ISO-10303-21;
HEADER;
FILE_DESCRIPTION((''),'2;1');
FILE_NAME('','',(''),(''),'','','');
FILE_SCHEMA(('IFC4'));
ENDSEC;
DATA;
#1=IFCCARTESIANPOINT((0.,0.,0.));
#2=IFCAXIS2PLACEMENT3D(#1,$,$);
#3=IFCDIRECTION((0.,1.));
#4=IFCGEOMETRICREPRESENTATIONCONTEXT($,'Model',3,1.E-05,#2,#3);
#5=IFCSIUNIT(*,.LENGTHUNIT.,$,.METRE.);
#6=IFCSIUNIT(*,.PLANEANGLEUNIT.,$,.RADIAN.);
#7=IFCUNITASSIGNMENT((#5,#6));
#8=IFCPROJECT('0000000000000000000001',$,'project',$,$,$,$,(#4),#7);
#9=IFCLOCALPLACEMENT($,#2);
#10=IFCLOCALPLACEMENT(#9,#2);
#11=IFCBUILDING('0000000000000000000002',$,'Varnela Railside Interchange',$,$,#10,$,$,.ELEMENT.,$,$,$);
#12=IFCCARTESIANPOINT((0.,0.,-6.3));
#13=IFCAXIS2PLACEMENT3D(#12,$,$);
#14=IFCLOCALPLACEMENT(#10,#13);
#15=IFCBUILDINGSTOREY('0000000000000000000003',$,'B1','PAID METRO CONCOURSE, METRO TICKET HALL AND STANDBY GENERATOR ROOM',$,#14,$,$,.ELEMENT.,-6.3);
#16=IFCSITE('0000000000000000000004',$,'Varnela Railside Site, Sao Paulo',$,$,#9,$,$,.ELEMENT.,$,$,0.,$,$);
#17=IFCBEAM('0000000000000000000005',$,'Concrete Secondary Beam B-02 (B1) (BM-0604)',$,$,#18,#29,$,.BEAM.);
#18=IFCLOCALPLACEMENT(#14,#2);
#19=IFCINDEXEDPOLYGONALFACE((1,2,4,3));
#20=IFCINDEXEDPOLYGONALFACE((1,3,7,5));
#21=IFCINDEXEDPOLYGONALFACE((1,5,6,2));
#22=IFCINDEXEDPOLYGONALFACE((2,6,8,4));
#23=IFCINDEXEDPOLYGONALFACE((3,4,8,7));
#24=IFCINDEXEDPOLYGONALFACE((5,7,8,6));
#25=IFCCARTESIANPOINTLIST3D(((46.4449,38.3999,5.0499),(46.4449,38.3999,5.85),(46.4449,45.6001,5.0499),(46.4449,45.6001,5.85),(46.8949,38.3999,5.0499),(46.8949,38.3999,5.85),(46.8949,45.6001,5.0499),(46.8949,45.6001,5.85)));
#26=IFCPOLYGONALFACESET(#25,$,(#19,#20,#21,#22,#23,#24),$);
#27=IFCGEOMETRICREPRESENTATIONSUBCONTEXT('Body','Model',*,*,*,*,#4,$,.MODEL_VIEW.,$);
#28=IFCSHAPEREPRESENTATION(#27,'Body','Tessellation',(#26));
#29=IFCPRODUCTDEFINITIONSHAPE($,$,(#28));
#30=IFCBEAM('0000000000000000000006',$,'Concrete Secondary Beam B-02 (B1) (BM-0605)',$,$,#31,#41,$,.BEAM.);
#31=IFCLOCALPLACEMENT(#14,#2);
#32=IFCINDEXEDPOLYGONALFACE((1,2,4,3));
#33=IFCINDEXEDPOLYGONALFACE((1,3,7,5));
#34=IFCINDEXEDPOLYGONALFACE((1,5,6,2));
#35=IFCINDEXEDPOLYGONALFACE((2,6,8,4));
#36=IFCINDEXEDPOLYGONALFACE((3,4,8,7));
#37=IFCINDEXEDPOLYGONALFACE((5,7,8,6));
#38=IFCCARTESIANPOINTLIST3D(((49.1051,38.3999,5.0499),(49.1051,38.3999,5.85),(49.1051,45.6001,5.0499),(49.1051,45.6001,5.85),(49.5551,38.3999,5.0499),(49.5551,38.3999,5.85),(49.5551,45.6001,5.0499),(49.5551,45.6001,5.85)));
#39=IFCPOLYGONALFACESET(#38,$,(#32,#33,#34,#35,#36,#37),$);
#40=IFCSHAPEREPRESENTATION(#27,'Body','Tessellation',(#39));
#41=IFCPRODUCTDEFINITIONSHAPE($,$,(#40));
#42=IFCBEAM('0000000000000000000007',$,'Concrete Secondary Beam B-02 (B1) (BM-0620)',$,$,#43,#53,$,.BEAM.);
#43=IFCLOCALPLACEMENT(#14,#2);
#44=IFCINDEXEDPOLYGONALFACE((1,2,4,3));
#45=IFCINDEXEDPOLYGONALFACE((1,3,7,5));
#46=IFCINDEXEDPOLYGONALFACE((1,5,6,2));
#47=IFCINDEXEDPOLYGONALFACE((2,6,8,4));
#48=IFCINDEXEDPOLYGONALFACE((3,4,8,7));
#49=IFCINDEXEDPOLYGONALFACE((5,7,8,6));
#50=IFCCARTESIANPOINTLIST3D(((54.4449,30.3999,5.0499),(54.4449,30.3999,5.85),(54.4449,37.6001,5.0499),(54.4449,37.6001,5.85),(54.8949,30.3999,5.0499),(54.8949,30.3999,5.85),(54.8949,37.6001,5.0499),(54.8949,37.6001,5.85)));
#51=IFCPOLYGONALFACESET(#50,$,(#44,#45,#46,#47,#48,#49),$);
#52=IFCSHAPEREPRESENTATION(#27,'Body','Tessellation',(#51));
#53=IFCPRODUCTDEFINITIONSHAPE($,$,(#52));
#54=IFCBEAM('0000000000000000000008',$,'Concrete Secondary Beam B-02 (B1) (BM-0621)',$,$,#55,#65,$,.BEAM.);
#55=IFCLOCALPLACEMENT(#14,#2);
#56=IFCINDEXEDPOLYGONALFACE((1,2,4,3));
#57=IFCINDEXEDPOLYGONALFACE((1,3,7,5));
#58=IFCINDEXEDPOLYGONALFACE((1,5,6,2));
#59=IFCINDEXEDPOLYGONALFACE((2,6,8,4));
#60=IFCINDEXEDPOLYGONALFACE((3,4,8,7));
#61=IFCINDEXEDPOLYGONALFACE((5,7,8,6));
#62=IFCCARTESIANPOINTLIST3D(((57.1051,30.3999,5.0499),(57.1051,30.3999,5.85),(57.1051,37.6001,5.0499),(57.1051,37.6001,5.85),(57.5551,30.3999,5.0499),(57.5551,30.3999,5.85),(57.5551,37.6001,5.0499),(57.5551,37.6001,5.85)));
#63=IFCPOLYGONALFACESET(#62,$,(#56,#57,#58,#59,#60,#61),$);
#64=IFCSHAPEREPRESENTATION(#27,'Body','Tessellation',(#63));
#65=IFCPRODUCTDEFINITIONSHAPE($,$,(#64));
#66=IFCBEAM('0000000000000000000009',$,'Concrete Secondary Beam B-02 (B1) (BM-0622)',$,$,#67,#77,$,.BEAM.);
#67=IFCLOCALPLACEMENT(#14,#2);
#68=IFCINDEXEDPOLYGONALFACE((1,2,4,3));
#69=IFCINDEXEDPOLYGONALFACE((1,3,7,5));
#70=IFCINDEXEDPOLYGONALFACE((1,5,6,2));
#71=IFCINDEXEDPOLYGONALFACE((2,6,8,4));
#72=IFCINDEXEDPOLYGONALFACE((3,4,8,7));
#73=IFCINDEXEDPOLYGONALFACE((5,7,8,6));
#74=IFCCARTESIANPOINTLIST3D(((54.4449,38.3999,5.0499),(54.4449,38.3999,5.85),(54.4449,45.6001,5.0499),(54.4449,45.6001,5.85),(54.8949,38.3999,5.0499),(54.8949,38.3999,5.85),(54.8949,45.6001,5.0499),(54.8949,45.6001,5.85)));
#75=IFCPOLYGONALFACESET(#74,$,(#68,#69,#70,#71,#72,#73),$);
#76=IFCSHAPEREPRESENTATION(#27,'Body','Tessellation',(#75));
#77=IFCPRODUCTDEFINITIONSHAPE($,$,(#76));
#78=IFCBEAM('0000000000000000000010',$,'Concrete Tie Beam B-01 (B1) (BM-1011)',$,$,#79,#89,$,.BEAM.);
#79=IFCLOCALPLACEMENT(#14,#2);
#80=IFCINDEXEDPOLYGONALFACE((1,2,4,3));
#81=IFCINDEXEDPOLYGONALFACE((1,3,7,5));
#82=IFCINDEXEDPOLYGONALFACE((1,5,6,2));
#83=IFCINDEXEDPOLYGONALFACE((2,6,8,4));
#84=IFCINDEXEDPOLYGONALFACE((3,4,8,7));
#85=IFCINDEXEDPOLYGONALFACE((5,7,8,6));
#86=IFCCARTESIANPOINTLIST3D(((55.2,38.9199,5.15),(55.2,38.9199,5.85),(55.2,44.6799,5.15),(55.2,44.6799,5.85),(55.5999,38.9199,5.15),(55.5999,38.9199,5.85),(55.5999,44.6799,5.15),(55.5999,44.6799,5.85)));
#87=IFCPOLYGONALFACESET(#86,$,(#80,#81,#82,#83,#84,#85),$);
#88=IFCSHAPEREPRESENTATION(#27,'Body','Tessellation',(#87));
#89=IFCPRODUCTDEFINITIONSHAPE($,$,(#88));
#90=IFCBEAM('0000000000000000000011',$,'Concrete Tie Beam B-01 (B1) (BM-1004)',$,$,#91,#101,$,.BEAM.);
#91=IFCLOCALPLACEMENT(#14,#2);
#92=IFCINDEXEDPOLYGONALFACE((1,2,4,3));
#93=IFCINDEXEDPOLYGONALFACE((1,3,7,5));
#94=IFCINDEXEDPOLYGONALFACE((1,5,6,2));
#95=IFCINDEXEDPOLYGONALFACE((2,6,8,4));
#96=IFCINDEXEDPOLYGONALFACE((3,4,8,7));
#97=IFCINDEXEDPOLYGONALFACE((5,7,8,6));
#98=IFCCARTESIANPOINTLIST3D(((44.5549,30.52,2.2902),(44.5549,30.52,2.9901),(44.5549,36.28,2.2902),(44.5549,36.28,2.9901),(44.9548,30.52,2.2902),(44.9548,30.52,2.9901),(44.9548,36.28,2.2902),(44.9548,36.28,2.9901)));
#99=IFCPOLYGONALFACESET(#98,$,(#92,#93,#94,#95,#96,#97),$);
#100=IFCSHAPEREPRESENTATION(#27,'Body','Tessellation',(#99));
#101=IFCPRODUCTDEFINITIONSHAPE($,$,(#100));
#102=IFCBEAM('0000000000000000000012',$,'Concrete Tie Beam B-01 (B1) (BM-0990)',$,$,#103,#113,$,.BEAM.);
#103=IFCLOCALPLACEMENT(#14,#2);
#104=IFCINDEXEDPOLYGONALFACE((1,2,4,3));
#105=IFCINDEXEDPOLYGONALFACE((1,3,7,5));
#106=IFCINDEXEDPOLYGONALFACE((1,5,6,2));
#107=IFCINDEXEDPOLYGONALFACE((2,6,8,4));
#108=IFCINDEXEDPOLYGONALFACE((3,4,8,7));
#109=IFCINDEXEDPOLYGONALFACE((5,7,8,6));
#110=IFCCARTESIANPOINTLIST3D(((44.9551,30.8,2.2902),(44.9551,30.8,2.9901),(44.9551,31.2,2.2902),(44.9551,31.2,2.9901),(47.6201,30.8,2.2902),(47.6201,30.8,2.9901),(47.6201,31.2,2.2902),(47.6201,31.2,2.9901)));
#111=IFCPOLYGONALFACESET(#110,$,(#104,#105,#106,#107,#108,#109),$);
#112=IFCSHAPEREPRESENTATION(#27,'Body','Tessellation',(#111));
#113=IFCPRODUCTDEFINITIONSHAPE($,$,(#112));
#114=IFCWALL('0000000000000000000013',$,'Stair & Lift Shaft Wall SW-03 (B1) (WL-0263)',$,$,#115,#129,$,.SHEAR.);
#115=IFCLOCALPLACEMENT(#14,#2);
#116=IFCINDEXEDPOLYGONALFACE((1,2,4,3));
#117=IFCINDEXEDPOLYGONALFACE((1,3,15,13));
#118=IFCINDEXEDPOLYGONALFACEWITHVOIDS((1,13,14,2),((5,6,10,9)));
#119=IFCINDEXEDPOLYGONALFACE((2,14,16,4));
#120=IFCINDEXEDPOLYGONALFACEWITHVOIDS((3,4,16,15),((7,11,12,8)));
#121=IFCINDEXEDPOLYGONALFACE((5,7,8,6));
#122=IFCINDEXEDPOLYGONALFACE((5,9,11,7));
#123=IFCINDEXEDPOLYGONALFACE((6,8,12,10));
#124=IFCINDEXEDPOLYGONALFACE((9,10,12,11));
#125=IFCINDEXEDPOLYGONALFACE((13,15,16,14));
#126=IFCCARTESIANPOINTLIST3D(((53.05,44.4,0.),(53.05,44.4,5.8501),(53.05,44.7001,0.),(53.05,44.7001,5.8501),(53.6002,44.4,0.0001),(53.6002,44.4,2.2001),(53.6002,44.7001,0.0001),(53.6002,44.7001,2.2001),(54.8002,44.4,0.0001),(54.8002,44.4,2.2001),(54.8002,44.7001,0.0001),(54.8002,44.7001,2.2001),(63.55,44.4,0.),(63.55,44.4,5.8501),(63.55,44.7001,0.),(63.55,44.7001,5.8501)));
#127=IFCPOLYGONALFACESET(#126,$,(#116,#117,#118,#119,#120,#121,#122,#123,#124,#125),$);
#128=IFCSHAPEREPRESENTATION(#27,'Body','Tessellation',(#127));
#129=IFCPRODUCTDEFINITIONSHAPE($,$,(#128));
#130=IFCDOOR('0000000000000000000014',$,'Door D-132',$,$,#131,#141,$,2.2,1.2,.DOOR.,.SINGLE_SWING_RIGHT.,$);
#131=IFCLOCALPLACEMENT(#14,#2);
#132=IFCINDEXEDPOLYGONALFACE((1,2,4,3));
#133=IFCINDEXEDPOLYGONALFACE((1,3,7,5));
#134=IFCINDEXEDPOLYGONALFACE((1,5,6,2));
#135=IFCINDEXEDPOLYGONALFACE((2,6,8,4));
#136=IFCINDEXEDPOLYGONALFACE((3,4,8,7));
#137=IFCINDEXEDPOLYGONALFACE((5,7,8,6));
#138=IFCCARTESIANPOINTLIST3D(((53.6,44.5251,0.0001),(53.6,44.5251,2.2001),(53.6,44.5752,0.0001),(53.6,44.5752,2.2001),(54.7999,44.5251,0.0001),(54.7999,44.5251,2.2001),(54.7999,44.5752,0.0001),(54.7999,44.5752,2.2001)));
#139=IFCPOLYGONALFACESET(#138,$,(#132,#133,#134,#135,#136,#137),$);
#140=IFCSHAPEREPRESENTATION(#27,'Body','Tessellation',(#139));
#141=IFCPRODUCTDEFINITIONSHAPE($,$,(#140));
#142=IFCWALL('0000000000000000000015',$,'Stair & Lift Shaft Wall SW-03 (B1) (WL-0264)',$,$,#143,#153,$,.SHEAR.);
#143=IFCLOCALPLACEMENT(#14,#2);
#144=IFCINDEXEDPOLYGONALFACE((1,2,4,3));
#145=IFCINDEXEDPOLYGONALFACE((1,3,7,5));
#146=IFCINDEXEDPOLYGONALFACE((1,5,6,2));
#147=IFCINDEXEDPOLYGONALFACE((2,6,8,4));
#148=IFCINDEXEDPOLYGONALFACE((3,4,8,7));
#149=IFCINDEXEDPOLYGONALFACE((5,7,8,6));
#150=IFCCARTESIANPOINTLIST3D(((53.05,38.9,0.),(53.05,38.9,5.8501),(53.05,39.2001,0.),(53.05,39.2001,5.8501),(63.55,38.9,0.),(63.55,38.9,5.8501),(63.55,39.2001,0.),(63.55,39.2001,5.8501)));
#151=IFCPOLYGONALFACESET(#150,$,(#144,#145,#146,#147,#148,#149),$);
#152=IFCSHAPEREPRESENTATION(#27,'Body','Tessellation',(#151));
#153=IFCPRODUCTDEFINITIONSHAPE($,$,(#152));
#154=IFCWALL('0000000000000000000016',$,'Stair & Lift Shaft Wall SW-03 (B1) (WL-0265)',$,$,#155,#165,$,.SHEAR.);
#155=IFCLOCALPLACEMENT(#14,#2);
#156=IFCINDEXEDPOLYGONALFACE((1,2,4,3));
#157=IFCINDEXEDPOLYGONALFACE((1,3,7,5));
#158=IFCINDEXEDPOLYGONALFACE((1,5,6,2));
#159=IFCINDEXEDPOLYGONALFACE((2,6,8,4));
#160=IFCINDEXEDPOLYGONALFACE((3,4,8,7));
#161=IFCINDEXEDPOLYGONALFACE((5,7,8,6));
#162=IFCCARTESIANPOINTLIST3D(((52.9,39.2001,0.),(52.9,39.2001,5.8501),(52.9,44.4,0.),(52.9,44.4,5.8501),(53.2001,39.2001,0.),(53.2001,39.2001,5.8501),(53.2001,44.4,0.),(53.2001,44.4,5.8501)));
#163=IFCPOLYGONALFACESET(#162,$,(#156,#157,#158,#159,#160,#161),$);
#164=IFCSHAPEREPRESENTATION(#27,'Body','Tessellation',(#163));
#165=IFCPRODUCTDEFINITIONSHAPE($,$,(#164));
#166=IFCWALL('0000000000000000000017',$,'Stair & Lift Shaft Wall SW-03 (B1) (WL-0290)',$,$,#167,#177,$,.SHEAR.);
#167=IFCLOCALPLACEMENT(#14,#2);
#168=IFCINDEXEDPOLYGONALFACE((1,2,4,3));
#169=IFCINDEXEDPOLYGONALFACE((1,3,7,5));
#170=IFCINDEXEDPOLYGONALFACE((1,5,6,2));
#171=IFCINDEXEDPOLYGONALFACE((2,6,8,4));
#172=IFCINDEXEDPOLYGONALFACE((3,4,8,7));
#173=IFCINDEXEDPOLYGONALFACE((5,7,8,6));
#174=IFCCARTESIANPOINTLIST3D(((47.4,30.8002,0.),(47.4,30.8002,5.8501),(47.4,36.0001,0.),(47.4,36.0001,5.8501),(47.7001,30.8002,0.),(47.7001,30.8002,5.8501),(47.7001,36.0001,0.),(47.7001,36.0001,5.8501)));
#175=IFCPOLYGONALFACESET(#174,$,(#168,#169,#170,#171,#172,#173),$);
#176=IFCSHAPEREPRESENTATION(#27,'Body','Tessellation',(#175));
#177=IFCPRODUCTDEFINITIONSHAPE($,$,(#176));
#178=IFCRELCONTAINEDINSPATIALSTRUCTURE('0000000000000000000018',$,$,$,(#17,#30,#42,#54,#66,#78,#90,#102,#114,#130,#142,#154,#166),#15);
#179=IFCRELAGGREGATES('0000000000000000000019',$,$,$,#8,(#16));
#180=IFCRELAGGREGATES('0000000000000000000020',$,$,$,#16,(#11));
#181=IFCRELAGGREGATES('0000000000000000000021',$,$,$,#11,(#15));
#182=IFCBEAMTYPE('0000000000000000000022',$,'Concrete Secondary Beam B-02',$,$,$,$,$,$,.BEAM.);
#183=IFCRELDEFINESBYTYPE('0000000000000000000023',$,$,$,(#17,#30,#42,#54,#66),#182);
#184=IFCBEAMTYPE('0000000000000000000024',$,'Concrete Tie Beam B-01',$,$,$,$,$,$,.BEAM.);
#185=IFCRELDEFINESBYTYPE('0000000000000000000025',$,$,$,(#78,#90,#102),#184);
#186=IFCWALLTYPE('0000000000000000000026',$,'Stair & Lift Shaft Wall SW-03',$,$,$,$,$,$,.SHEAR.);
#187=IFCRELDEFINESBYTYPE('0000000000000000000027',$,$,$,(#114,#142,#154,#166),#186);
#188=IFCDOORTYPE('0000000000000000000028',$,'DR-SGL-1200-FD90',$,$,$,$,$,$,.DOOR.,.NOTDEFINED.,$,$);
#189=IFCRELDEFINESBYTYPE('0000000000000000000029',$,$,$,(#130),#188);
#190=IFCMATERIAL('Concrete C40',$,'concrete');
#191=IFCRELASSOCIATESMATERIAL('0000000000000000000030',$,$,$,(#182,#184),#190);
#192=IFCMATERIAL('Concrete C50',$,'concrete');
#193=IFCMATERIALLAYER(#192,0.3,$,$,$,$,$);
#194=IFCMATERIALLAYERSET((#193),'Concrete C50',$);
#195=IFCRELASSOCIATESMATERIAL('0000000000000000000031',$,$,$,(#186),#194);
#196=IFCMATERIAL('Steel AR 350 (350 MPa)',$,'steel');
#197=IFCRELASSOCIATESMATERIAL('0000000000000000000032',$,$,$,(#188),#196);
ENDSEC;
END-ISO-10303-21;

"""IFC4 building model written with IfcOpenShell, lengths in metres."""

from ifc_helpers import new_model, si_unit, direction, frame, frame_2d, origin, origin_2d, place, context, subcontext, project, spatial, rectangle, extrude, material, layer, layer_set, material_profile, profile_set, type_object, element, fill, save


model = new_model("IFC4")

# Units and contexts
model_context = context("Model", 3, precision=1e-05, world=origin(), true_north=direction((0.0, 1.0)))
body_context = subcontext(model_context, "Body", "Model", "MODEL_VIEW")
ifc_project = project(units=[si_unit("LENGTHUNIT", "METRE"), si_unit("PLANEANGLEUNIT", "RADIAN")], contexts=[model_context])

# Site, building, storey
site_placement = place(None, origin())
site = spatial("IfcSite", under=ifc_project, at=site_placement, Name="Varnela Railside Site, Sao Paulo", CompositionType="ELEMENT", RefElevation=0.0)
building_placement = place(site_placement, origin())
building = spatial("IfcBuilding", under=site, at=building_placement, Name="Varnela Railside Interchange", CompositionType="ELEMENT")
storey_placement = place(building_placement, frame((0.0, 0.0, -6.3)))
storey = spatial("IfcBuildingStorey", under=building, at=storey_placement, Name="B1", Description="PAID METRO CONCOURSE, METRO TICKET HALL AND STANDBY GENERATOR ROOM", CompositionType="ELEMENT", Elevation=-6.3)

# Shared definitions
ifc_material_1 = material(Name="Concrete C50", Category="concrete")

# Beams
ifc_material_2 = material(Name="Concrete C40", Category="concrete")
ifc_material_profile_1 = material_profile(ifc_material_2, rectangle(XDim=0.45, YDim=0.8, at=origin_2d()), Name="RC 450x800")
ifc_profile_set_1 = profile_set([ifc_material_profile_1], Name="Concrete C40")
beam_type_1 = type_object("IfcBeamType", Name="Concrete Secondary Beam B-02", PredefinedType="BEAM", material=ifc_profile_set_1)
for number, where, z_axis, x_axis, name in (
    (1, (46.6699, 38.3999, 5.45), (0.0, 1.0, 0.0), (-1.0, 0.0, 0.0), "Concrete Secondary Beam B-02 (B1) (BM-0604)"),
    (2, (49.3301, 38.3999, 5.45), (0.0, 1.0, 0.0), (-1.0, 0.0, 0.0), "Concrete Secondary Beam B-02 (B1) (BM-0605)"),
    (3, (54.6699, 30.3999, 5.45), (0.0, 1.0, 0.0), (-1.0, 0.0, 0.0), "Concrete Secondary Beam B-02 (B1) (BM-0620)"),
    (4, (57.3301, 30.3999, 5.45), (0.0, 1.0, 0.0), (-1.0, 0.0, 0.0), "Concrete Secondary Beam B-02 (B1) (BM-0621)"),
    (5, (54.6699, 38.3999, 5.45), (0.0, 1.0, 0.0), (-1.0, 0.0, 0.0), "Concrete Secondary Beam B-02 (B1) (BM-0622)"),
):
    element("IfcBeam", number, at=place(storey_placement, frame(where, z_axis=z_axis, x_axis=x_axis)), inside=storey, type_object=beam_type_1, Name=name, PredefinedType="BEAM", context=body_context, shape_type="SweptSolid", body=[
        extrude(rectangle(XDim=0.45, YDim=0.8, at=origin_2d()), origin(), (0.0, 0.0, 1.0), 7.2002),
    ])
ifc_material_profile_2 = material_profile(ifc_material_2, rectangle(XDim=0.3999, YDim=0.7, at=origin_2d()), Name="RC 400x700")
ifc_profile_set_2 = profile_set([ifc_material_profile_2], Name="Concrete C40")
beam_type_2 = type_object("IfcBeamType", Name="Concrete Tie Beam B-01", PredefinedType="BEAM", material=ifc_profile_set_2)
for number, where, z_axis, x_axis, name in (
    (6, (55.3999, 38.9199, 5.5), (0.0, 1.0, 0.0), (-1.0, 0.0, 0.0), "Concrete Tie Beam B-01 (B1) (BM-1011)"),
    (7, (44.7549, 30.52, 2.6401), (0.0, 1.0, 0.0), (-1.0, 0.0, 0.0), "Concrete Tie Beam B-01 (B1) (BM-1004)"),
):
    element("IfcBeam", number, at=place(storey_placement, frame(where, z_axis=z_axis, x_axis=x_axis)), inside=storey, type_object=beam_type_2, Name=name, PredefinedType="BEAM", context=body_context, shape_type="SweptSolid", body=[
        extrude(rectangle(XDim=0.3999, YDim=0.7, at=origin_2d()), origin(), (0.0, 0.0, 1.0), 5.76),
    ])
beam_1_placement = place(storey_placement, frame((44.9551, 31.0, 2.6401), z_axis=(1.0, 0.0, 0.0), x_axis=(0.0, 1.0, 0.0)))
element("IfcBeam", 8, at=beam_1_placement, inside=storey, type_object=beam_type_2, Name="Concrete Tie Beam B-01 (B1) (BM-0990)", PredefinedType="BEAM", context=body_context, shape_type="SweptSolid", body=[
    extrude(rectangle(XDim=0.3999, YDim=0.7, at=origin_2d()), origin(), (0.0, 0.0, 1.0), 2.665),
])

# Wall, opening, door
ifc_layer = layer(ifc_material_1, 0.3)
ifc_layer_set = layer_set([ifc_layer], Name="Concrete C50")
wall_type = type_object("IfcWallType", Name="Stair & Lift Shaft Wall SW-03", PredefinedType="SHEAR", material=ifc_layer_set)
wall_1_placement = place(storey_placement, frame((53.05, 44.55, 0.0), z_axis=(0.0, 0.0, 1.0), x_axis=(1.0, 0.0, 0.0)))
wall_1 = element("IfcWall", 9, at=wall_1_placement, inside=storey, type_object=wall_type, Name="Stair & Lift Shaft Wall SW-03 (B1) (WL-0263)", PredefinedType="SHEAR", context=body_context, shape_type="SweptSolid", body=[
    extrude(rectangle(XDim=10.5, YDim=0.3, at=frame_2d((5.25, 0.0))), origin(), (0.0, 0.0, 1.0), 5.8501),
])
opening_placement = place(wall_1_placement, frame((0.55, 0.0, 0.0)))
opening = element("IfcOpeningElement", 10, at=opening_placement, cuts=wall_1, PredefinedType="OPENING", context=body_context, shape_type="SweptSolid", body=[
    extrude(rectangle(XDim=1.2, YDim=2.2, at=frame_2d((0.6001, 1.1001))), frame((0.0, 0.1599, 0.0), z_axis=(0.0, -1.0, 0.0), x_axis=(1.0, 0.0, 0.0)), (0.0, 0.0, 1.0), 0.3201),
])
ifc_material_3 = material(Name="Steel AR 350 (350 MPa)", Category="steel")
door_type = type_object("IfcDoorType", Name="DR-SGL-1200-FD90", OperationType="NOTDEFINED", PredefinedType="DOOR", material=ifc_material_3)
door_placement = place(opening_placement, frame((1.2, 0.0, 0.0), z_axis=(0.0, 0.0, 1.0), x_axis=(-1.0, 0.0, 0.0)))
door = element("IfcDoor", 11, at=door_placement, inside=storey, type_object=door_type, Name="Door D-132", OperationType="SINGLE_SWING_RIGHT", OverallHeight=2.2, OverallWidth=1.2, PredefinedType="DOOR", context=body_context, shape_type="SweptSolid", body=[
    extrude(rectangle(XDim=1.2, YDim=2.2, at=frame_2d((0.6001, 1.1001))), frame((0.0, 0.0249, 0.0), z_axis=(0.0, -1.0, 0.0), x_axis=(1.0, 0.0, 0.0)), (0.0, 0.0, 1.0), 0.05),
])
fill(opening, door)

# Walls
wall_2_placement = place(storey_placement, frame((53.05, 39.05, 0.0), z_axis=(0.0, 0.0, 1.0), x_axis=(1.0, 0.0, 0.0)))
element("IfcWall", 12, at=wall_2_placement, inside=storey, type_object=wall_type, Name="Stair & Lift Shaft Wall SW-03 (B1) (WL-0264)", PredefinedType="SHEAR", context=body_context, shape_type="SweptSolid", body=[
    extrude(rectangle(XDim=10.5, YDim=0.3, at=frame_2d((5.25, 0.0))), origin(), (0.0, 0.0, 1.0), 5.8501),
])
for number, where, z_axis, x_axis, name in (
    (13, (53.05, 39.2, 0.0), (0.0, 0.0, 1.0), (0.0, 1.0, 0.0), "Stair & Lift Shaft Wall SW-03 (B1) (WL-0265)"),
    (14, (47.55, 30.8, 0.0), (0.0, 0.0, 1.0), (0.0, 1.0, 0.0), "Stair & Lift Shaft Wall SW-03 (B1) (WL-0290)"),
):
    element("IfcWall", number, at=place(storey_placement, frame(where, z_axis=z_axis, x_axis=x_axis)), inside=storey, type_object=wall_type, Name=name, PredefinedType="SHEAR", context=body_context, shape_type="SweptSolid", body=[
        extrude(rectangle(XDim=5.2, YDim=0.3, at=frame_2d((2.6001, 0.0))), origin(), (0.0, 0.0, 1.0), 5.8501),
    ])

save(model, "model.ifc")
